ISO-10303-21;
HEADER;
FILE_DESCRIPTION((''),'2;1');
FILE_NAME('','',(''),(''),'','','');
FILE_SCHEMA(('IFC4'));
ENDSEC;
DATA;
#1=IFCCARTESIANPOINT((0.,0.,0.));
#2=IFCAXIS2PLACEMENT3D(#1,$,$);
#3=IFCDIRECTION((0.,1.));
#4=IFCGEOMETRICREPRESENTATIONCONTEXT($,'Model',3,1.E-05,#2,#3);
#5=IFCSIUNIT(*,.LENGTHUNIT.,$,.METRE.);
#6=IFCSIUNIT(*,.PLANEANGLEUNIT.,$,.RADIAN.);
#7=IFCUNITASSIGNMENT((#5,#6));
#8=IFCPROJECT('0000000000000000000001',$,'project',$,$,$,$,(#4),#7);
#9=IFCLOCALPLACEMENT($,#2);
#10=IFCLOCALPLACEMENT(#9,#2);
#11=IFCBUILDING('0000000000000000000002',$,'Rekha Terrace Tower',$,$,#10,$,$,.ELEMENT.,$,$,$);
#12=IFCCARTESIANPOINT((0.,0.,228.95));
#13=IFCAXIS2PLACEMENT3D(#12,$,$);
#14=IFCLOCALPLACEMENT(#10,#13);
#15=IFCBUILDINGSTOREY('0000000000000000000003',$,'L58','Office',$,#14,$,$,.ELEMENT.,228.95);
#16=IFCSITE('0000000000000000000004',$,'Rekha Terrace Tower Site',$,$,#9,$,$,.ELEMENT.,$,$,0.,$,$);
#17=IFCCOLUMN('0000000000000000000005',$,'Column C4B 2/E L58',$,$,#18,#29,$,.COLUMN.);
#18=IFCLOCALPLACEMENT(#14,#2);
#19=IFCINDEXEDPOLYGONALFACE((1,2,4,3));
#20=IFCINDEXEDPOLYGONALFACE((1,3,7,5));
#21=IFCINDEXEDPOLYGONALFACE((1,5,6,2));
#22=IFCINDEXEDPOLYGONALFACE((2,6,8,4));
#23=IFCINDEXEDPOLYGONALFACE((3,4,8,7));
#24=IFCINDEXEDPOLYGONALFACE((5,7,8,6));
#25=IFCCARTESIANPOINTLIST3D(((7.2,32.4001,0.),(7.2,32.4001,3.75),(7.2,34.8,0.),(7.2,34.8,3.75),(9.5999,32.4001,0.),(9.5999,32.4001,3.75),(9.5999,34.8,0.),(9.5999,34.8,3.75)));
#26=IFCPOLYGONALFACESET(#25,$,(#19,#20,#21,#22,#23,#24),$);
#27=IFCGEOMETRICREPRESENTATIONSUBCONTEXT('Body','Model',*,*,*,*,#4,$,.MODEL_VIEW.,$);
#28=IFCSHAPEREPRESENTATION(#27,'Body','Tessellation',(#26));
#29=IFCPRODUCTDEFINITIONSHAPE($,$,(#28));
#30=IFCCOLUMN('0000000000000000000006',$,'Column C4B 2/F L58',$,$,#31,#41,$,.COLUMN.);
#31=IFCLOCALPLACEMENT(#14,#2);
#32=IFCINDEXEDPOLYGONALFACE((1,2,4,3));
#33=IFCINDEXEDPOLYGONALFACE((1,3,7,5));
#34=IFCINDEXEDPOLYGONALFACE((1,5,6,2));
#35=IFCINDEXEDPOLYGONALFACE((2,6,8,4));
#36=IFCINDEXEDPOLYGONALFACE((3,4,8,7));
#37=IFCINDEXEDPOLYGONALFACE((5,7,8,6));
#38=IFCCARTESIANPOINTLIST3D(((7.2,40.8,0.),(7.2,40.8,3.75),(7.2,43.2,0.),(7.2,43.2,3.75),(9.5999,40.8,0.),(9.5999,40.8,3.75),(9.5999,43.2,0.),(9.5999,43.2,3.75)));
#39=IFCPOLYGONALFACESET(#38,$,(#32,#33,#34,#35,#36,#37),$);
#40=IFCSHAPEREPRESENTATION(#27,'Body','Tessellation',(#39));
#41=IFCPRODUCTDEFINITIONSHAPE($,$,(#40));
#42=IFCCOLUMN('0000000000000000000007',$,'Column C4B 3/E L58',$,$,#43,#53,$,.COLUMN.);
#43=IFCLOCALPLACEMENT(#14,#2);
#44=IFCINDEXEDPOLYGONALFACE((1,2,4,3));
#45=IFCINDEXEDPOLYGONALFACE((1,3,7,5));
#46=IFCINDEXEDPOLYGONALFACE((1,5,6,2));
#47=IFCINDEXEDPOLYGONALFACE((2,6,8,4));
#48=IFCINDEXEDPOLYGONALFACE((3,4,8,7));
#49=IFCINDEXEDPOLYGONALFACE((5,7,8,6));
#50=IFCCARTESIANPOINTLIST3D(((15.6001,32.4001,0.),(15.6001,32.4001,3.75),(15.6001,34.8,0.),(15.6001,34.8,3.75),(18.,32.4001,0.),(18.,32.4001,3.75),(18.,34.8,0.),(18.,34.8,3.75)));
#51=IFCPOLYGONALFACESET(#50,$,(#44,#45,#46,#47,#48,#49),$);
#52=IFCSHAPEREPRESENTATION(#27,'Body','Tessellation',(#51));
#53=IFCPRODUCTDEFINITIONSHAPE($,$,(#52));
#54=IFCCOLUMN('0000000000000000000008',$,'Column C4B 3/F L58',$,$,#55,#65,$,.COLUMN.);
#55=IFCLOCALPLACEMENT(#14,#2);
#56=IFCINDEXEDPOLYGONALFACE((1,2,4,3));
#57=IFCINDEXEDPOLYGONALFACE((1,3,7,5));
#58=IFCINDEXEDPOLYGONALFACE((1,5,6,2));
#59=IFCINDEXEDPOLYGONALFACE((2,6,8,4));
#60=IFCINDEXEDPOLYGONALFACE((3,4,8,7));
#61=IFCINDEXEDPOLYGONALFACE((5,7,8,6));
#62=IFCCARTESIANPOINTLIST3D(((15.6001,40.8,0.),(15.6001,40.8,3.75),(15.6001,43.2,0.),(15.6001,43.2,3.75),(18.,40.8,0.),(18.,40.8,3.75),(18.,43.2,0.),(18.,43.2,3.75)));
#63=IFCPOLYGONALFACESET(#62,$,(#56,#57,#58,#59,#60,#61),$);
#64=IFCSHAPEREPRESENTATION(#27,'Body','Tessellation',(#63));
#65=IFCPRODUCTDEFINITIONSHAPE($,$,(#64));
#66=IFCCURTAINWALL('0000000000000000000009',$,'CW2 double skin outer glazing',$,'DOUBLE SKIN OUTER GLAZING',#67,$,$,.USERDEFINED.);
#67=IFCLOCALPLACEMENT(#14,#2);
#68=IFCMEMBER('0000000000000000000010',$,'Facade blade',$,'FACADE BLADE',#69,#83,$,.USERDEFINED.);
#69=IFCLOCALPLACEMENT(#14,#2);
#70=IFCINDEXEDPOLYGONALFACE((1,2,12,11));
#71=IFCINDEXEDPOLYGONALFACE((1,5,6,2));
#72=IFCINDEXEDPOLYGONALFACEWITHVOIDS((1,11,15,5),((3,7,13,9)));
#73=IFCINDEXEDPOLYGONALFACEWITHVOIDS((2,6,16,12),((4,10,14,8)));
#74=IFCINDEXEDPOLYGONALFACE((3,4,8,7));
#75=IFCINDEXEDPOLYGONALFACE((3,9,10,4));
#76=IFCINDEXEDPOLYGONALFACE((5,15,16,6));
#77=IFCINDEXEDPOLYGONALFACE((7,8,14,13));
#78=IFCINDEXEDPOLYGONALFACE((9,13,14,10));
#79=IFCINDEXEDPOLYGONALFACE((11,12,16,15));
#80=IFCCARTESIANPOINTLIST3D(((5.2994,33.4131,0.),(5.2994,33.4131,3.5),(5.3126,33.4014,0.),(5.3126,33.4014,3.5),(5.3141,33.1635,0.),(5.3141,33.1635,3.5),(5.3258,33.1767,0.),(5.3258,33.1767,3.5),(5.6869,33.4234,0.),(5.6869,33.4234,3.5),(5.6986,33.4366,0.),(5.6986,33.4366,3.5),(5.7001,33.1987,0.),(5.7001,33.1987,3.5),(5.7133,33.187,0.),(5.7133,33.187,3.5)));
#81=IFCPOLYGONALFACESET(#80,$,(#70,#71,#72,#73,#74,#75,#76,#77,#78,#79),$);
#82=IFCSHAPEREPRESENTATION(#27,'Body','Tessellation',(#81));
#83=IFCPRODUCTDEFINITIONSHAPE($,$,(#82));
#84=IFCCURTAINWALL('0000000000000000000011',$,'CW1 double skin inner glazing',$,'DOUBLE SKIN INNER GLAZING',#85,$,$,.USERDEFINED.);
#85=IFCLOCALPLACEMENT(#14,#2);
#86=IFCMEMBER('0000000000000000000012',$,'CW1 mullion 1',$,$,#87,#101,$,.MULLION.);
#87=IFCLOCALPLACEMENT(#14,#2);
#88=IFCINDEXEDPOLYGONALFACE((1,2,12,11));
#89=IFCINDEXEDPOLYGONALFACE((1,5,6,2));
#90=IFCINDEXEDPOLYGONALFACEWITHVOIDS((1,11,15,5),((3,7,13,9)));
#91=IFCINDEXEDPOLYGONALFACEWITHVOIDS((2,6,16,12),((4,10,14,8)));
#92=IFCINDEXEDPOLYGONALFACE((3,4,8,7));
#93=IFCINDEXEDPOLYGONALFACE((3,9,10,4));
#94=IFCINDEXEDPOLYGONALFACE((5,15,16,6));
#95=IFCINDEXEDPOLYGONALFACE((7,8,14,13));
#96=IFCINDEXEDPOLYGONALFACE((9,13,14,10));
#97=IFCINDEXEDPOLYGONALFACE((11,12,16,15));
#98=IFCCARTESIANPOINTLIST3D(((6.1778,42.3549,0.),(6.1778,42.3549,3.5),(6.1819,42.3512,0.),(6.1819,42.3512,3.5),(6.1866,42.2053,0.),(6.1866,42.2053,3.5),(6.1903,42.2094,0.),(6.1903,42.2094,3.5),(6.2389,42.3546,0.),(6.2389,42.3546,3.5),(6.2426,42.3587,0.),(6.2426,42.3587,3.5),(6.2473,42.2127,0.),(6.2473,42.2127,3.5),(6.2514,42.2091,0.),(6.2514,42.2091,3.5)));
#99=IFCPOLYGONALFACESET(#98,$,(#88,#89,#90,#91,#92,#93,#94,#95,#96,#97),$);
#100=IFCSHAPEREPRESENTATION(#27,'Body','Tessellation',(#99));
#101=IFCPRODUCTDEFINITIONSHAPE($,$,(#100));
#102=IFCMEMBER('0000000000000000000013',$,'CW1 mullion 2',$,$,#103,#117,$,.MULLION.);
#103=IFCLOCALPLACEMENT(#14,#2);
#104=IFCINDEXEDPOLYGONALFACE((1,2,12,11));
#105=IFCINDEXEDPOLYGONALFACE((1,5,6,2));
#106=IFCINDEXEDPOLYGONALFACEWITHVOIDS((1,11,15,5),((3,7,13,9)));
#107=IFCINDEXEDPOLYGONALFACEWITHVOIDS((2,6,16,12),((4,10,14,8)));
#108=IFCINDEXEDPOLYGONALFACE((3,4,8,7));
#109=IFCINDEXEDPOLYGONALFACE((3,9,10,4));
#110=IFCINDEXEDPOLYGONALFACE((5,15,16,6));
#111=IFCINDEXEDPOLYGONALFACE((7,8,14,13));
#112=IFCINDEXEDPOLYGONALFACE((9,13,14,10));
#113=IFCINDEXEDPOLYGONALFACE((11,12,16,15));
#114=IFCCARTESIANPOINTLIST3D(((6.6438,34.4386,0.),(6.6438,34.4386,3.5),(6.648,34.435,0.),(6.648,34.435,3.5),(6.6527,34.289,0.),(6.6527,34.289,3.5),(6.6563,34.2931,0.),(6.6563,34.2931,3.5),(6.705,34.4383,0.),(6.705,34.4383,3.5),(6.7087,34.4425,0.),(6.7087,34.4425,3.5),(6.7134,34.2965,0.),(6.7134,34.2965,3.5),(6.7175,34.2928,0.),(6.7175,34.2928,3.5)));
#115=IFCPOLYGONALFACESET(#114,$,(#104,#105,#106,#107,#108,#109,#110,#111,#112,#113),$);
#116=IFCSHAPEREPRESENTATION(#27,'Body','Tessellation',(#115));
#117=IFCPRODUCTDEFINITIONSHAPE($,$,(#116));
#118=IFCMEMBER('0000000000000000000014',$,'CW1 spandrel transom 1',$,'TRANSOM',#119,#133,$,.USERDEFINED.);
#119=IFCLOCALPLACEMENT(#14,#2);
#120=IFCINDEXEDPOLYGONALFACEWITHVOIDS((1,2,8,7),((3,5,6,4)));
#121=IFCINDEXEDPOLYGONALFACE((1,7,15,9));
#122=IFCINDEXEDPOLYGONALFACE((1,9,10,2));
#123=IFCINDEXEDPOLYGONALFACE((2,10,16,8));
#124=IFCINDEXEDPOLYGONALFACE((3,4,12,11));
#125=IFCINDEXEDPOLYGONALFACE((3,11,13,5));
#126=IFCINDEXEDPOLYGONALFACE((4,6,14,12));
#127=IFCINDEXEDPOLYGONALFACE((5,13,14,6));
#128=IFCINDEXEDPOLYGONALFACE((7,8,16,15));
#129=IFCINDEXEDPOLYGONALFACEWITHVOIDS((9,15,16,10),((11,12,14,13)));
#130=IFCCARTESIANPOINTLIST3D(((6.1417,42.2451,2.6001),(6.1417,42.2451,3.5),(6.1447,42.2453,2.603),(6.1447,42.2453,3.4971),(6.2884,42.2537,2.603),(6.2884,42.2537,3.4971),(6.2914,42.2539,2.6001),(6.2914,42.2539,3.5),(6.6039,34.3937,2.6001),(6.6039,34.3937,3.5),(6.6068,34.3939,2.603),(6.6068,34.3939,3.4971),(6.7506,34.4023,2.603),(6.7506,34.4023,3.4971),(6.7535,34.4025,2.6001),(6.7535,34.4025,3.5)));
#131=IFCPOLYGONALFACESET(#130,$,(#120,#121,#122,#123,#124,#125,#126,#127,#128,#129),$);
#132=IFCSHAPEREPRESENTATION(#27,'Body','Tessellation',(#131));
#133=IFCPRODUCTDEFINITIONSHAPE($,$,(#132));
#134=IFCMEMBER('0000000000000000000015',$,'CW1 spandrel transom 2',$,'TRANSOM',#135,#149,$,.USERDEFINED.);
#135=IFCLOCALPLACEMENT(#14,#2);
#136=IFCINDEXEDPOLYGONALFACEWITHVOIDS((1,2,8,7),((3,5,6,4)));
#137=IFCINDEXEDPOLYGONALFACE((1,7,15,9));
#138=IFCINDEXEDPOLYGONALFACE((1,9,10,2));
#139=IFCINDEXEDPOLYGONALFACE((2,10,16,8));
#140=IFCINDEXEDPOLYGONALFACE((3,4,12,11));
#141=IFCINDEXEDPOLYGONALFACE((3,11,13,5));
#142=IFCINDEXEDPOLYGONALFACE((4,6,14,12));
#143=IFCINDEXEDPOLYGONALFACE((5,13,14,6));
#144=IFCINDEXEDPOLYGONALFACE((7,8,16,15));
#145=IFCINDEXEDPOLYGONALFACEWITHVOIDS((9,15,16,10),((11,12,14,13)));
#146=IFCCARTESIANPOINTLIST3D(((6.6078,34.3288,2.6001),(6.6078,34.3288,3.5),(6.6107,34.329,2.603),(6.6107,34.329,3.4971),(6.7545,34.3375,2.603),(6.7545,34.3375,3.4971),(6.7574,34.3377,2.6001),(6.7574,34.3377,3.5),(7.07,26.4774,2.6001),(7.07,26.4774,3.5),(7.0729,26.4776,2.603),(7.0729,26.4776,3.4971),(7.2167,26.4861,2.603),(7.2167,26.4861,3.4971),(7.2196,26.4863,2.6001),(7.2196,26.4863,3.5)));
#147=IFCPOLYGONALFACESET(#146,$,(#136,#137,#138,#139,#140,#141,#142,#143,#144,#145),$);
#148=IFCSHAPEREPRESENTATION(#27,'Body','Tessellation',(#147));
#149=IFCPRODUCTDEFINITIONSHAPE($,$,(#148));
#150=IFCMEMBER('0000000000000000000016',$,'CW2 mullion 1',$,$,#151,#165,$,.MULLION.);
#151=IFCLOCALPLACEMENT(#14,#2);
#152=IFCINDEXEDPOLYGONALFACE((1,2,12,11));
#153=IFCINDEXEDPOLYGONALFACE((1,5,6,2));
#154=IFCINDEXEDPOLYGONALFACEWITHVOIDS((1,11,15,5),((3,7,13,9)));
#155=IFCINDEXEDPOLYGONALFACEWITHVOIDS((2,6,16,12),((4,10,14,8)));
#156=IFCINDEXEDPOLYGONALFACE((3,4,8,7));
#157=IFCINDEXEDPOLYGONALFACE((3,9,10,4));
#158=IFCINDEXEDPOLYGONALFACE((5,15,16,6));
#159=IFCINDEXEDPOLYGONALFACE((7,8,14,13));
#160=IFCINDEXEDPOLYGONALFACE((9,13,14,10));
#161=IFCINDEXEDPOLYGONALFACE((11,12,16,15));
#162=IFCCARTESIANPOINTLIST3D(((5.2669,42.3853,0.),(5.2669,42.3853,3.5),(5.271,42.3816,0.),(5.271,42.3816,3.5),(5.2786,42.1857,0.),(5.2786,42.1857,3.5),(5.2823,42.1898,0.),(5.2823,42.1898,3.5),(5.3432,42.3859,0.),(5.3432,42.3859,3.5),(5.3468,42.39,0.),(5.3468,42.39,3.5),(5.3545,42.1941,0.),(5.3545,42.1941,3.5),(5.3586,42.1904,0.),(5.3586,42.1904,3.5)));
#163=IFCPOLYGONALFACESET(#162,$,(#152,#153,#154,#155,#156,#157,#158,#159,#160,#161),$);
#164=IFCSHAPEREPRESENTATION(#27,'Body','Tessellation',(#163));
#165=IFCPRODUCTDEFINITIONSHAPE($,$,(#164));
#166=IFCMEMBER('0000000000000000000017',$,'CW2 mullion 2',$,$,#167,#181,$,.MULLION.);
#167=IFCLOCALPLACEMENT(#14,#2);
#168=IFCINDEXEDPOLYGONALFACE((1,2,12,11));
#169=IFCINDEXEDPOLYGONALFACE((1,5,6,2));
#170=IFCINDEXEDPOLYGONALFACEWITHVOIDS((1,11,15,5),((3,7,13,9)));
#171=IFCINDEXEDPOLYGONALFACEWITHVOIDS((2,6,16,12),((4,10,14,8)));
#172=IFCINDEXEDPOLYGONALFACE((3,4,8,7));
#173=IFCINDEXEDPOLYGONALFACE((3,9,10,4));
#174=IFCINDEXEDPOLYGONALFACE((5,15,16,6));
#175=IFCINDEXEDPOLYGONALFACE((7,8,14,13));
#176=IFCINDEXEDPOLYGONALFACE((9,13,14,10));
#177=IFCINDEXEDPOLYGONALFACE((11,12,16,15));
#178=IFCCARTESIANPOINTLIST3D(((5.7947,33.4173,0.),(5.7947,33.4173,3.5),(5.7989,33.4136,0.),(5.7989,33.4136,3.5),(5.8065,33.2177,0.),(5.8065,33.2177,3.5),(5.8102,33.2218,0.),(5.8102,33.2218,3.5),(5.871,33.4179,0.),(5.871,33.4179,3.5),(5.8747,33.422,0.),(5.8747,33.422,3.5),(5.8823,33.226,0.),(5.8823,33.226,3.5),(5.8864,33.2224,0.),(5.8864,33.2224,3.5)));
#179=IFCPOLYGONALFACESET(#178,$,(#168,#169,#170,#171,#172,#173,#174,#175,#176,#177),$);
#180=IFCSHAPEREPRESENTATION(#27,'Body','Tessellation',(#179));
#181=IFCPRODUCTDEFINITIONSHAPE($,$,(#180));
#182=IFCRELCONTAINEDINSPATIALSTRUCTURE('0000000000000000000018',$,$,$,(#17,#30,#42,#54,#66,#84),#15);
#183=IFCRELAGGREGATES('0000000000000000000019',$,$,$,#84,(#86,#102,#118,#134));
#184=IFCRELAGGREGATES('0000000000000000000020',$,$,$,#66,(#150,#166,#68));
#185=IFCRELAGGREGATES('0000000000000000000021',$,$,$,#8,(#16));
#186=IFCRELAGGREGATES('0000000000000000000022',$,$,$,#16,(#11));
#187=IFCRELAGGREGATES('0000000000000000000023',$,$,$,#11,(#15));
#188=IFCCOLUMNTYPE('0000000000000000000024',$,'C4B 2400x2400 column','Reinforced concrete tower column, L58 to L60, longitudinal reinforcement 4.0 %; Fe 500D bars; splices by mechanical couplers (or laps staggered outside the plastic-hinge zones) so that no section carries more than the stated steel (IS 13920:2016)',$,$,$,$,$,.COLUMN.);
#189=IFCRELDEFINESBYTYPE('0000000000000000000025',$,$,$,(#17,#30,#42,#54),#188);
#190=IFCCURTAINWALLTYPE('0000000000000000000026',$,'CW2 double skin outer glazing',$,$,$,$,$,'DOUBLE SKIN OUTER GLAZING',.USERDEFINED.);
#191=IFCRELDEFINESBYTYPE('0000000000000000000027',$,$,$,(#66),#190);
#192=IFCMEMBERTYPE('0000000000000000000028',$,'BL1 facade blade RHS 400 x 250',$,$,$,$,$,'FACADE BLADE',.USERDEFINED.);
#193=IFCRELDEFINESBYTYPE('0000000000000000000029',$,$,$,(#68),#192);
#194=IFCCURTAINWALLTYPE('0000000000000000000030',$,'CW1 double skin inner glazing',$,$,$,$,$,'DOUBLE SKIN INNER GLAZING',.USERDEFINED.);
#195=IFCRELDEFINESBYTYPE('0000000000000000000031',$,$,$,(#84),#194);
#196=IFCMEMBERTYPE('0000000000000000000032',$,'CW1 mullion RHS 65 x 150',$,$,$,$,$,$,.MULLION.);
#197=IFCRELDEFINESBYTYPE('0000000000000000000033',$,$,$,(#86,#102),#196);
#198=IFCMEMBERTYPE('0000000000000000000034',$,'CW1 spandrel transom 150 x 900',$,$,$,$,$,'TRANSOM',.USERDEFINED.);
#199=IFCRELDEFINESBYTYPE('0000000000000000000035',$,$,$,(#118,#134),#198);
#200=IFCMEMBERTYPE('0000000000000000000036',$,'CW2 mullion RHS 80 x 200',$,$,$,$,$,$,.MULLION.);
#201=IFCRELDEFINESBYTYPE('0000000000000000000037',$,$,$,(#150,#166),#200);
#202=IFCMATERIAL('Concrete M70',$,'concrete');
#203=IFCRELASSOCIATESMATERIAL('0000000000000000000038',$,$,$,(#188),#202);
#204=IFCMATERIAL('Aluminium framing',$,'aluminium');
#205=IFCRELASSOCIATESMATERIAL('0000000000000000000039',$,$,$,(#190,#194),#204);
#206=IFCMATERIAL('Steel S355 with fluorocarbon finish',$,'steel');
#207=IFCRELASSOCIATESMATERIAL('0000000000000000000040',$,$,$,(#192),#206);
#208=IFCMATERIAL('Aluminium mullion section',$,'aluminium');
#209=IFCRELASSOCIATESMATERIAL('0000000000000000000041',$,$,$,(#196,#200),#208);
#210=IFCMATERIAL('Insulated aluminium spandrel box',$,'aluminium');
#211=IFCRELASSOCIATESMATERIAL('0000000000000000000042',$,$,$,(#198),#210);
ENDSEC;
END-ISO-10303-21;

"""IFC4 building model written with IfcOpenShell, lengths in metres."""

from ifc_helpers import new_model, si_unit, direction, frame, origin, origin_2d, place, context, subcontext, project, spatial, rectangle, hollow_rectangle, extrude, material, material_profile, profile_set, type_object, element, aggregate, save


model = new_model("IFC4")

# Units and contexts
model_context = context("Model", 3, precision=1e-05, world=origin(), true_north=direction((0.0, 1.0)))
body_context = subcontext(model_context, "Body", "Model", "MODEL_VIEW")
ifc_project = project(units=[si_unit("LENGTHUNIT", "METRE"), si_unit("PLANEANGLEUNIT", "RADIAN")], contexts=[model_context])

# Site, building, storey
site_placement = place(None, origin())
site = spatial("IfcSite", under=ifc_project, at=site_placement, Name="Rekha Terrace Tower Site", CompositionType="ELEMENT", RefElevation=0.0)
building_placement = place(site_placement, origin())
building = spatial("IfcBuilding", under=site, at=building_placement, Name="Rekha Terrace Tower", CompositionType="ELEMENT")
storey_placement = place(building_placement, frame((0.0, 0.0, 228.95)))
storey = spatial("IfcBuildingStorey", under=building, at=storey_placement, Name="L58", Description="Office", CompositionType="ELEMENT", Elevation=228.95)

# Columns
ifc_material_1 = material(Name="Concrete M70", Category="concrete")
ifc_material_profile_1 = material_profile(ifc_material_1, rectangle(XDim=2.3999, YDim=2.3999, at=origin_2d()), Name="RC 2400x2400")
ifc_profile_set_1 = profile_set([ifc_material_profile_1], Name="Concrete M70")
column_type = type_object("IfcColumnType", Name="C4B 2400x2400 column", Description="Reinforced concrete tower column, L58 to L60, longitudinal reinforcement 4.0 %; Fe 500D bars; splices by mechanical couplers (or laps staggered outside the plastic-hinge zones) so that no section carries more than the stated steel (IS 13920:2016)", PredefinedType="COLUMN", material=ifc_profile_set_1)
for number, where, z_axis, x_axis, name in (
    (1, (8.3999, 33.6001, 0.0), (0.0, 0.0, 1.0), (1.0, 0.0, 0.0), "Column C4B 2/E L58"),
    (2, (8.3999, 42.0, 0.0), (0.0, 0.0, 1.0), (1.0, 0.0, 0.0), "Column C4B 2/F L58"),
    (3, (16.8, 33.6001, 0.0), (0.0, 0.0, 1.0), (1.0, 0.0, 0.0), "Column C4B 3/E L58"),
    (4, (16.8, 42.0, 0.0), (0.0, 0.0, 1.0), (1.0, 0.0, 0.0), "Column C4B 3/F L58"),
):
    element("IfcColumn", number, at=place(storey_placement, frame(where, z_axis=z_axis, x_axis=x_axis)), inside=storey, type_object=column_type, Name=name, PredefinedType="COLUMN", context=body_context, shape_type="SweptSolid", body=[
        extrude(rectangle(XDim=2.3999, YDim=2.3999, at=origin_2d()), origin(), (0.0, 0.0, 1.0), 3.75),
    ])

# Curtain wall, member
ifc_material_2 = material(Name="Aluminium framing", Category="aluminium")
curtain_wall_type_1 = type_object("IfcCurtainWallType", Name="CW2 double skin outer glazing", ElementType="DOUBLE SKIN OUTER GLAZING", PredefinedType="USERDEFINED", material=ifc_material_2)
curtain_wall_1_placement = place(storey_placement, origin())
curtain_wall_1 = element("IfcCurtainWall", 5, at=curtain_wall_1_placement, inside=storey, type_object=curtain_wall_type_1, Name="CW2 double skin outer glazing", ObjectType="DOUBLE SKIN OUTER GLAZING", PredefinedType="USERDEFINED")
ifc_material_3 = material(Name="Steel S355 with fluorocarbon finish", Category="steel")
ifc_material_profile_2 = material_profile(ifc_material_3, hollow_rectangle(XDim=0.25, YDim=0.3999, WallThickness=0.0125, at=origin_2d()), Name="RHS400x250x12.5")
ifc_profile_set_2 = profile_set([ifc_material_profile_2], Name="Steel S355 with fluorocarbon finish")
member_type_1 = type_object("IfcMemberType", Name="BL1 facade blade RHS 400 x 250", ElementType="FACADE BLADE", PredefinedType="USERDEFINED", material=ifc_profile_set_2)
member_1_placement = place(storey_placement, frame((5.5063, 33.3, 0.0), z_axis=(0.0, 0.0, 1.0), x_axis=(0.058765, -0.998272, 0.0)))
member_1 = element("IfcMember", 6, at=member_1_placement, type_object=member_type_1, Name="Facade blade", ObjectType="FACADE BLADE", PredefinedType="USERDEFINED", context=body_context, shape_type="SweptSolid", body=[
    extrude(hollow_rectangle(XDim=0.25, YDim=0.3999, WallThickness=0.0125, at=origin_2d()), origin(), (0.0, 0.0, 1.0), 3.5),
])

# Curtain wall, members
curtain_wall_type_2 = type_object("IfcCurtainWallType", Name="CW1 double skin inner glazing", ElementType="DOUBLE SKIN INNER GLAZING", PredefinedType="USERDEFINED", material=ifc_material_2)
curtain_wall_2_placement = place(storey_placement, origin())
curtain_wall_2 = element("IfcCurtainWall", 7, at=curtain_wall_2_placement, inside=storey, type_object=curtain_wall_type_2, Name="CW1 double skin inner glazing", ObjectType="DOUBLE SKIN INNER GLAZING", PredefinedType="USERDEFINED")
ifc_material_4 = material(Name="Aluminium mullion section", Category="aluminium")
ifc_material_profile_3 = material_profile(ifc_material_4, hollow_rectangle(XDim=0.0649, YDim=0.1499, WallThickness=0.0039, at=origin_2d()), Name="AL RHS 65x150")
ifc_profile_set_3 = profile_set([ifc_material_profile_3], Name="Aluminium mullion section")
member_type_2 = type_object("IfcMemberType", Name="CW1 mullion RHS 65 x 150", PredefinedType="MULLION", material=ifc_profile_set_3)
member_2_placement = place(storey_placement, frame((6.2146, 42.282, 0.0), z_axis=(0.0, 0.0, 1.0), x_axis=(0.998272, 0.058765, 0.0)))
member_2 = element("IfcMember", 8, at=member_2_placement, type_object=member_type_2, Name="CW1 mullion 1", PredefinedType="MULLION", context=body_context, shape_type="SweptSolid", body=[
    extrude(hollow_rectangle(XDim=0.0649, YDim=0.1499, WallThickness=0.0039, at=origin_2d()), origin(), (0.0, 0.0, 1.0), 3.5),
])
member_3_placement = place(storey_placement, frame((6.6807, 34.3657, 0.0), z_axis=(0.0, 0.0, 1.0), x_axis=(0.998272, 0.058765, 0.0)))
member_3 = element("IfcMember", 9, at=member_3_placement, type_object=member_type_2, Name="CW1 mullion 2", PredefinedType="MULLION", context=body_context, shape_type="SweptSolid", body=[
    extrude(hollow_rectangle(XDim=0.0649, YDim=0.1499, WallThickness=0.0039, at=origin_2d()), origin(), (0.0, 0.0, 1.0), 3.5),
])
ifc_material_5 = material(Name="Insulated aluminium spandrel box", Category="aluminium")
ifc_material_profile_4 = material_profile(ifc_material_5, hollow_rectangle(XDim=0.1499, YDim=0.8999, WallThickness=0.0029, at=origin_2d()), Name="AL SPANDREL BOX 150x900")
ifc_profile_set_4 = profile_set([ifc_material_profile_4], Name="Insulated aluminium spandrel box")
member_type_3 = type_object("IfcMemberType", Name="CW1 spandrel transom 150 x 900", ElementType="TRANSOM", PredefinedType="USERDEFINED", material=ifc_profile_set_4)
member_4_placement = place(storey_placement, frame((6.2166, 42.2495, 3.05), z_axis=(0.058762, -0.998272, 0.0), x_axis=(0.998272, 0.058762, 0.0)))
member_4 = element("IfcMember", 10, at=member_4_placement, type_object=member_type_3, Name="CW1 spandrel transom 1", ObjectType="TRANSOM", PredefinedType="USERDEFINED", context=body_context, shape_type="SweptSolid", body=[
    extrude(hollow_rectangle(XDim=0.1499, YDim=0.8999, WallThickness=0.0029, at=origin_2d()), origin(), (0.0, 0.0, 1.0), 7.865),
])
member_5_placement = place(storey_placement, frame((6.6826, 34.3333, 3.05), z_axis=(0.058762, -0.998272, 0.0), x_axis=(0.998272, 0.058762, 0.0)))
member_5 = element("IfcMember", 11, at=member_5_placement, type_object=member_type_3, Name="CW1 spandrel transom 2", ObjectType="TRANSOM", PredefinedType="USERDEFINED", context=body_context, shape_type="SweptSolid", body=[
    extrude(hollow_rectangle(XDim=0.1499, YDim=0.8999, WallThickness=0.0029, at=origin_2d()), origin(), (0.0, 0.0, 1.0), 7.865),
])

# Members
ifc_material_profile_5 = material_profile(ifc_material_4, hollow_rectangle(XDim=0.0801, YDim=0.2, WallThickness=0.0039, at=origin_2d()), Name="AL RHS 80x200")
ifc_profile_set_5 = profile_set([ifc_material_profile_5], Name="Aluminium mullion section")
member_type_4 = type_object("IfcMemberType", Name="CW2 mullion RHS 80 x 200", PredefinedType="MULLION", material=ifc_profile_set_5)
member_6_placement = place(storey_placement, frame((5.3127, 42.2878, 0.0), z_axis=(0.0, 0.0, 1.0), x_axis=(0.998272, 0.058765, 0.0)))
member_6 = element("IfcMember", 12, at=member_6_placement, type_object=member_type_4, Name="CW2 mullion 1", PredefinedType="MULLION", context=body_context, shape_type="SweptSolid", body=[
    extrude(hollow_rectangle(XDim=0.0801, YDim=0.2, WallThickness=0.0039, at=origin_2d()), origin(), (0.0, 0.0, 1.0), 3.5),
])
member_7_placement = place(storey_placement, frame((5.8406, 33.3198, 0.0), z_axis=(0.0, 0.0, 1.0), x_axis=(0.998272, 0.058765, 0.0)))
member_7 = element("IfcMember", 13, at=member_7_placement, type_object=member_type_4, Name="CW2 mullion 2", PredefinedType="MULLION", context=body_context, shape_type="SweptSolid", body=[
    extrude(hollow_rectangle(XDim=0.0801, YDim=0.2, WallThickness=0.0039, at=origin_2d()), origin(), (0.0, 0.0, 1.0), 3.5),
])

aggregate(curtain_wall_2, [member_2, member_3, member_4, member_5])
aggregate(curtain_wall_1, [member_6, member_7, member_1])

save(model, "model.ifc")
